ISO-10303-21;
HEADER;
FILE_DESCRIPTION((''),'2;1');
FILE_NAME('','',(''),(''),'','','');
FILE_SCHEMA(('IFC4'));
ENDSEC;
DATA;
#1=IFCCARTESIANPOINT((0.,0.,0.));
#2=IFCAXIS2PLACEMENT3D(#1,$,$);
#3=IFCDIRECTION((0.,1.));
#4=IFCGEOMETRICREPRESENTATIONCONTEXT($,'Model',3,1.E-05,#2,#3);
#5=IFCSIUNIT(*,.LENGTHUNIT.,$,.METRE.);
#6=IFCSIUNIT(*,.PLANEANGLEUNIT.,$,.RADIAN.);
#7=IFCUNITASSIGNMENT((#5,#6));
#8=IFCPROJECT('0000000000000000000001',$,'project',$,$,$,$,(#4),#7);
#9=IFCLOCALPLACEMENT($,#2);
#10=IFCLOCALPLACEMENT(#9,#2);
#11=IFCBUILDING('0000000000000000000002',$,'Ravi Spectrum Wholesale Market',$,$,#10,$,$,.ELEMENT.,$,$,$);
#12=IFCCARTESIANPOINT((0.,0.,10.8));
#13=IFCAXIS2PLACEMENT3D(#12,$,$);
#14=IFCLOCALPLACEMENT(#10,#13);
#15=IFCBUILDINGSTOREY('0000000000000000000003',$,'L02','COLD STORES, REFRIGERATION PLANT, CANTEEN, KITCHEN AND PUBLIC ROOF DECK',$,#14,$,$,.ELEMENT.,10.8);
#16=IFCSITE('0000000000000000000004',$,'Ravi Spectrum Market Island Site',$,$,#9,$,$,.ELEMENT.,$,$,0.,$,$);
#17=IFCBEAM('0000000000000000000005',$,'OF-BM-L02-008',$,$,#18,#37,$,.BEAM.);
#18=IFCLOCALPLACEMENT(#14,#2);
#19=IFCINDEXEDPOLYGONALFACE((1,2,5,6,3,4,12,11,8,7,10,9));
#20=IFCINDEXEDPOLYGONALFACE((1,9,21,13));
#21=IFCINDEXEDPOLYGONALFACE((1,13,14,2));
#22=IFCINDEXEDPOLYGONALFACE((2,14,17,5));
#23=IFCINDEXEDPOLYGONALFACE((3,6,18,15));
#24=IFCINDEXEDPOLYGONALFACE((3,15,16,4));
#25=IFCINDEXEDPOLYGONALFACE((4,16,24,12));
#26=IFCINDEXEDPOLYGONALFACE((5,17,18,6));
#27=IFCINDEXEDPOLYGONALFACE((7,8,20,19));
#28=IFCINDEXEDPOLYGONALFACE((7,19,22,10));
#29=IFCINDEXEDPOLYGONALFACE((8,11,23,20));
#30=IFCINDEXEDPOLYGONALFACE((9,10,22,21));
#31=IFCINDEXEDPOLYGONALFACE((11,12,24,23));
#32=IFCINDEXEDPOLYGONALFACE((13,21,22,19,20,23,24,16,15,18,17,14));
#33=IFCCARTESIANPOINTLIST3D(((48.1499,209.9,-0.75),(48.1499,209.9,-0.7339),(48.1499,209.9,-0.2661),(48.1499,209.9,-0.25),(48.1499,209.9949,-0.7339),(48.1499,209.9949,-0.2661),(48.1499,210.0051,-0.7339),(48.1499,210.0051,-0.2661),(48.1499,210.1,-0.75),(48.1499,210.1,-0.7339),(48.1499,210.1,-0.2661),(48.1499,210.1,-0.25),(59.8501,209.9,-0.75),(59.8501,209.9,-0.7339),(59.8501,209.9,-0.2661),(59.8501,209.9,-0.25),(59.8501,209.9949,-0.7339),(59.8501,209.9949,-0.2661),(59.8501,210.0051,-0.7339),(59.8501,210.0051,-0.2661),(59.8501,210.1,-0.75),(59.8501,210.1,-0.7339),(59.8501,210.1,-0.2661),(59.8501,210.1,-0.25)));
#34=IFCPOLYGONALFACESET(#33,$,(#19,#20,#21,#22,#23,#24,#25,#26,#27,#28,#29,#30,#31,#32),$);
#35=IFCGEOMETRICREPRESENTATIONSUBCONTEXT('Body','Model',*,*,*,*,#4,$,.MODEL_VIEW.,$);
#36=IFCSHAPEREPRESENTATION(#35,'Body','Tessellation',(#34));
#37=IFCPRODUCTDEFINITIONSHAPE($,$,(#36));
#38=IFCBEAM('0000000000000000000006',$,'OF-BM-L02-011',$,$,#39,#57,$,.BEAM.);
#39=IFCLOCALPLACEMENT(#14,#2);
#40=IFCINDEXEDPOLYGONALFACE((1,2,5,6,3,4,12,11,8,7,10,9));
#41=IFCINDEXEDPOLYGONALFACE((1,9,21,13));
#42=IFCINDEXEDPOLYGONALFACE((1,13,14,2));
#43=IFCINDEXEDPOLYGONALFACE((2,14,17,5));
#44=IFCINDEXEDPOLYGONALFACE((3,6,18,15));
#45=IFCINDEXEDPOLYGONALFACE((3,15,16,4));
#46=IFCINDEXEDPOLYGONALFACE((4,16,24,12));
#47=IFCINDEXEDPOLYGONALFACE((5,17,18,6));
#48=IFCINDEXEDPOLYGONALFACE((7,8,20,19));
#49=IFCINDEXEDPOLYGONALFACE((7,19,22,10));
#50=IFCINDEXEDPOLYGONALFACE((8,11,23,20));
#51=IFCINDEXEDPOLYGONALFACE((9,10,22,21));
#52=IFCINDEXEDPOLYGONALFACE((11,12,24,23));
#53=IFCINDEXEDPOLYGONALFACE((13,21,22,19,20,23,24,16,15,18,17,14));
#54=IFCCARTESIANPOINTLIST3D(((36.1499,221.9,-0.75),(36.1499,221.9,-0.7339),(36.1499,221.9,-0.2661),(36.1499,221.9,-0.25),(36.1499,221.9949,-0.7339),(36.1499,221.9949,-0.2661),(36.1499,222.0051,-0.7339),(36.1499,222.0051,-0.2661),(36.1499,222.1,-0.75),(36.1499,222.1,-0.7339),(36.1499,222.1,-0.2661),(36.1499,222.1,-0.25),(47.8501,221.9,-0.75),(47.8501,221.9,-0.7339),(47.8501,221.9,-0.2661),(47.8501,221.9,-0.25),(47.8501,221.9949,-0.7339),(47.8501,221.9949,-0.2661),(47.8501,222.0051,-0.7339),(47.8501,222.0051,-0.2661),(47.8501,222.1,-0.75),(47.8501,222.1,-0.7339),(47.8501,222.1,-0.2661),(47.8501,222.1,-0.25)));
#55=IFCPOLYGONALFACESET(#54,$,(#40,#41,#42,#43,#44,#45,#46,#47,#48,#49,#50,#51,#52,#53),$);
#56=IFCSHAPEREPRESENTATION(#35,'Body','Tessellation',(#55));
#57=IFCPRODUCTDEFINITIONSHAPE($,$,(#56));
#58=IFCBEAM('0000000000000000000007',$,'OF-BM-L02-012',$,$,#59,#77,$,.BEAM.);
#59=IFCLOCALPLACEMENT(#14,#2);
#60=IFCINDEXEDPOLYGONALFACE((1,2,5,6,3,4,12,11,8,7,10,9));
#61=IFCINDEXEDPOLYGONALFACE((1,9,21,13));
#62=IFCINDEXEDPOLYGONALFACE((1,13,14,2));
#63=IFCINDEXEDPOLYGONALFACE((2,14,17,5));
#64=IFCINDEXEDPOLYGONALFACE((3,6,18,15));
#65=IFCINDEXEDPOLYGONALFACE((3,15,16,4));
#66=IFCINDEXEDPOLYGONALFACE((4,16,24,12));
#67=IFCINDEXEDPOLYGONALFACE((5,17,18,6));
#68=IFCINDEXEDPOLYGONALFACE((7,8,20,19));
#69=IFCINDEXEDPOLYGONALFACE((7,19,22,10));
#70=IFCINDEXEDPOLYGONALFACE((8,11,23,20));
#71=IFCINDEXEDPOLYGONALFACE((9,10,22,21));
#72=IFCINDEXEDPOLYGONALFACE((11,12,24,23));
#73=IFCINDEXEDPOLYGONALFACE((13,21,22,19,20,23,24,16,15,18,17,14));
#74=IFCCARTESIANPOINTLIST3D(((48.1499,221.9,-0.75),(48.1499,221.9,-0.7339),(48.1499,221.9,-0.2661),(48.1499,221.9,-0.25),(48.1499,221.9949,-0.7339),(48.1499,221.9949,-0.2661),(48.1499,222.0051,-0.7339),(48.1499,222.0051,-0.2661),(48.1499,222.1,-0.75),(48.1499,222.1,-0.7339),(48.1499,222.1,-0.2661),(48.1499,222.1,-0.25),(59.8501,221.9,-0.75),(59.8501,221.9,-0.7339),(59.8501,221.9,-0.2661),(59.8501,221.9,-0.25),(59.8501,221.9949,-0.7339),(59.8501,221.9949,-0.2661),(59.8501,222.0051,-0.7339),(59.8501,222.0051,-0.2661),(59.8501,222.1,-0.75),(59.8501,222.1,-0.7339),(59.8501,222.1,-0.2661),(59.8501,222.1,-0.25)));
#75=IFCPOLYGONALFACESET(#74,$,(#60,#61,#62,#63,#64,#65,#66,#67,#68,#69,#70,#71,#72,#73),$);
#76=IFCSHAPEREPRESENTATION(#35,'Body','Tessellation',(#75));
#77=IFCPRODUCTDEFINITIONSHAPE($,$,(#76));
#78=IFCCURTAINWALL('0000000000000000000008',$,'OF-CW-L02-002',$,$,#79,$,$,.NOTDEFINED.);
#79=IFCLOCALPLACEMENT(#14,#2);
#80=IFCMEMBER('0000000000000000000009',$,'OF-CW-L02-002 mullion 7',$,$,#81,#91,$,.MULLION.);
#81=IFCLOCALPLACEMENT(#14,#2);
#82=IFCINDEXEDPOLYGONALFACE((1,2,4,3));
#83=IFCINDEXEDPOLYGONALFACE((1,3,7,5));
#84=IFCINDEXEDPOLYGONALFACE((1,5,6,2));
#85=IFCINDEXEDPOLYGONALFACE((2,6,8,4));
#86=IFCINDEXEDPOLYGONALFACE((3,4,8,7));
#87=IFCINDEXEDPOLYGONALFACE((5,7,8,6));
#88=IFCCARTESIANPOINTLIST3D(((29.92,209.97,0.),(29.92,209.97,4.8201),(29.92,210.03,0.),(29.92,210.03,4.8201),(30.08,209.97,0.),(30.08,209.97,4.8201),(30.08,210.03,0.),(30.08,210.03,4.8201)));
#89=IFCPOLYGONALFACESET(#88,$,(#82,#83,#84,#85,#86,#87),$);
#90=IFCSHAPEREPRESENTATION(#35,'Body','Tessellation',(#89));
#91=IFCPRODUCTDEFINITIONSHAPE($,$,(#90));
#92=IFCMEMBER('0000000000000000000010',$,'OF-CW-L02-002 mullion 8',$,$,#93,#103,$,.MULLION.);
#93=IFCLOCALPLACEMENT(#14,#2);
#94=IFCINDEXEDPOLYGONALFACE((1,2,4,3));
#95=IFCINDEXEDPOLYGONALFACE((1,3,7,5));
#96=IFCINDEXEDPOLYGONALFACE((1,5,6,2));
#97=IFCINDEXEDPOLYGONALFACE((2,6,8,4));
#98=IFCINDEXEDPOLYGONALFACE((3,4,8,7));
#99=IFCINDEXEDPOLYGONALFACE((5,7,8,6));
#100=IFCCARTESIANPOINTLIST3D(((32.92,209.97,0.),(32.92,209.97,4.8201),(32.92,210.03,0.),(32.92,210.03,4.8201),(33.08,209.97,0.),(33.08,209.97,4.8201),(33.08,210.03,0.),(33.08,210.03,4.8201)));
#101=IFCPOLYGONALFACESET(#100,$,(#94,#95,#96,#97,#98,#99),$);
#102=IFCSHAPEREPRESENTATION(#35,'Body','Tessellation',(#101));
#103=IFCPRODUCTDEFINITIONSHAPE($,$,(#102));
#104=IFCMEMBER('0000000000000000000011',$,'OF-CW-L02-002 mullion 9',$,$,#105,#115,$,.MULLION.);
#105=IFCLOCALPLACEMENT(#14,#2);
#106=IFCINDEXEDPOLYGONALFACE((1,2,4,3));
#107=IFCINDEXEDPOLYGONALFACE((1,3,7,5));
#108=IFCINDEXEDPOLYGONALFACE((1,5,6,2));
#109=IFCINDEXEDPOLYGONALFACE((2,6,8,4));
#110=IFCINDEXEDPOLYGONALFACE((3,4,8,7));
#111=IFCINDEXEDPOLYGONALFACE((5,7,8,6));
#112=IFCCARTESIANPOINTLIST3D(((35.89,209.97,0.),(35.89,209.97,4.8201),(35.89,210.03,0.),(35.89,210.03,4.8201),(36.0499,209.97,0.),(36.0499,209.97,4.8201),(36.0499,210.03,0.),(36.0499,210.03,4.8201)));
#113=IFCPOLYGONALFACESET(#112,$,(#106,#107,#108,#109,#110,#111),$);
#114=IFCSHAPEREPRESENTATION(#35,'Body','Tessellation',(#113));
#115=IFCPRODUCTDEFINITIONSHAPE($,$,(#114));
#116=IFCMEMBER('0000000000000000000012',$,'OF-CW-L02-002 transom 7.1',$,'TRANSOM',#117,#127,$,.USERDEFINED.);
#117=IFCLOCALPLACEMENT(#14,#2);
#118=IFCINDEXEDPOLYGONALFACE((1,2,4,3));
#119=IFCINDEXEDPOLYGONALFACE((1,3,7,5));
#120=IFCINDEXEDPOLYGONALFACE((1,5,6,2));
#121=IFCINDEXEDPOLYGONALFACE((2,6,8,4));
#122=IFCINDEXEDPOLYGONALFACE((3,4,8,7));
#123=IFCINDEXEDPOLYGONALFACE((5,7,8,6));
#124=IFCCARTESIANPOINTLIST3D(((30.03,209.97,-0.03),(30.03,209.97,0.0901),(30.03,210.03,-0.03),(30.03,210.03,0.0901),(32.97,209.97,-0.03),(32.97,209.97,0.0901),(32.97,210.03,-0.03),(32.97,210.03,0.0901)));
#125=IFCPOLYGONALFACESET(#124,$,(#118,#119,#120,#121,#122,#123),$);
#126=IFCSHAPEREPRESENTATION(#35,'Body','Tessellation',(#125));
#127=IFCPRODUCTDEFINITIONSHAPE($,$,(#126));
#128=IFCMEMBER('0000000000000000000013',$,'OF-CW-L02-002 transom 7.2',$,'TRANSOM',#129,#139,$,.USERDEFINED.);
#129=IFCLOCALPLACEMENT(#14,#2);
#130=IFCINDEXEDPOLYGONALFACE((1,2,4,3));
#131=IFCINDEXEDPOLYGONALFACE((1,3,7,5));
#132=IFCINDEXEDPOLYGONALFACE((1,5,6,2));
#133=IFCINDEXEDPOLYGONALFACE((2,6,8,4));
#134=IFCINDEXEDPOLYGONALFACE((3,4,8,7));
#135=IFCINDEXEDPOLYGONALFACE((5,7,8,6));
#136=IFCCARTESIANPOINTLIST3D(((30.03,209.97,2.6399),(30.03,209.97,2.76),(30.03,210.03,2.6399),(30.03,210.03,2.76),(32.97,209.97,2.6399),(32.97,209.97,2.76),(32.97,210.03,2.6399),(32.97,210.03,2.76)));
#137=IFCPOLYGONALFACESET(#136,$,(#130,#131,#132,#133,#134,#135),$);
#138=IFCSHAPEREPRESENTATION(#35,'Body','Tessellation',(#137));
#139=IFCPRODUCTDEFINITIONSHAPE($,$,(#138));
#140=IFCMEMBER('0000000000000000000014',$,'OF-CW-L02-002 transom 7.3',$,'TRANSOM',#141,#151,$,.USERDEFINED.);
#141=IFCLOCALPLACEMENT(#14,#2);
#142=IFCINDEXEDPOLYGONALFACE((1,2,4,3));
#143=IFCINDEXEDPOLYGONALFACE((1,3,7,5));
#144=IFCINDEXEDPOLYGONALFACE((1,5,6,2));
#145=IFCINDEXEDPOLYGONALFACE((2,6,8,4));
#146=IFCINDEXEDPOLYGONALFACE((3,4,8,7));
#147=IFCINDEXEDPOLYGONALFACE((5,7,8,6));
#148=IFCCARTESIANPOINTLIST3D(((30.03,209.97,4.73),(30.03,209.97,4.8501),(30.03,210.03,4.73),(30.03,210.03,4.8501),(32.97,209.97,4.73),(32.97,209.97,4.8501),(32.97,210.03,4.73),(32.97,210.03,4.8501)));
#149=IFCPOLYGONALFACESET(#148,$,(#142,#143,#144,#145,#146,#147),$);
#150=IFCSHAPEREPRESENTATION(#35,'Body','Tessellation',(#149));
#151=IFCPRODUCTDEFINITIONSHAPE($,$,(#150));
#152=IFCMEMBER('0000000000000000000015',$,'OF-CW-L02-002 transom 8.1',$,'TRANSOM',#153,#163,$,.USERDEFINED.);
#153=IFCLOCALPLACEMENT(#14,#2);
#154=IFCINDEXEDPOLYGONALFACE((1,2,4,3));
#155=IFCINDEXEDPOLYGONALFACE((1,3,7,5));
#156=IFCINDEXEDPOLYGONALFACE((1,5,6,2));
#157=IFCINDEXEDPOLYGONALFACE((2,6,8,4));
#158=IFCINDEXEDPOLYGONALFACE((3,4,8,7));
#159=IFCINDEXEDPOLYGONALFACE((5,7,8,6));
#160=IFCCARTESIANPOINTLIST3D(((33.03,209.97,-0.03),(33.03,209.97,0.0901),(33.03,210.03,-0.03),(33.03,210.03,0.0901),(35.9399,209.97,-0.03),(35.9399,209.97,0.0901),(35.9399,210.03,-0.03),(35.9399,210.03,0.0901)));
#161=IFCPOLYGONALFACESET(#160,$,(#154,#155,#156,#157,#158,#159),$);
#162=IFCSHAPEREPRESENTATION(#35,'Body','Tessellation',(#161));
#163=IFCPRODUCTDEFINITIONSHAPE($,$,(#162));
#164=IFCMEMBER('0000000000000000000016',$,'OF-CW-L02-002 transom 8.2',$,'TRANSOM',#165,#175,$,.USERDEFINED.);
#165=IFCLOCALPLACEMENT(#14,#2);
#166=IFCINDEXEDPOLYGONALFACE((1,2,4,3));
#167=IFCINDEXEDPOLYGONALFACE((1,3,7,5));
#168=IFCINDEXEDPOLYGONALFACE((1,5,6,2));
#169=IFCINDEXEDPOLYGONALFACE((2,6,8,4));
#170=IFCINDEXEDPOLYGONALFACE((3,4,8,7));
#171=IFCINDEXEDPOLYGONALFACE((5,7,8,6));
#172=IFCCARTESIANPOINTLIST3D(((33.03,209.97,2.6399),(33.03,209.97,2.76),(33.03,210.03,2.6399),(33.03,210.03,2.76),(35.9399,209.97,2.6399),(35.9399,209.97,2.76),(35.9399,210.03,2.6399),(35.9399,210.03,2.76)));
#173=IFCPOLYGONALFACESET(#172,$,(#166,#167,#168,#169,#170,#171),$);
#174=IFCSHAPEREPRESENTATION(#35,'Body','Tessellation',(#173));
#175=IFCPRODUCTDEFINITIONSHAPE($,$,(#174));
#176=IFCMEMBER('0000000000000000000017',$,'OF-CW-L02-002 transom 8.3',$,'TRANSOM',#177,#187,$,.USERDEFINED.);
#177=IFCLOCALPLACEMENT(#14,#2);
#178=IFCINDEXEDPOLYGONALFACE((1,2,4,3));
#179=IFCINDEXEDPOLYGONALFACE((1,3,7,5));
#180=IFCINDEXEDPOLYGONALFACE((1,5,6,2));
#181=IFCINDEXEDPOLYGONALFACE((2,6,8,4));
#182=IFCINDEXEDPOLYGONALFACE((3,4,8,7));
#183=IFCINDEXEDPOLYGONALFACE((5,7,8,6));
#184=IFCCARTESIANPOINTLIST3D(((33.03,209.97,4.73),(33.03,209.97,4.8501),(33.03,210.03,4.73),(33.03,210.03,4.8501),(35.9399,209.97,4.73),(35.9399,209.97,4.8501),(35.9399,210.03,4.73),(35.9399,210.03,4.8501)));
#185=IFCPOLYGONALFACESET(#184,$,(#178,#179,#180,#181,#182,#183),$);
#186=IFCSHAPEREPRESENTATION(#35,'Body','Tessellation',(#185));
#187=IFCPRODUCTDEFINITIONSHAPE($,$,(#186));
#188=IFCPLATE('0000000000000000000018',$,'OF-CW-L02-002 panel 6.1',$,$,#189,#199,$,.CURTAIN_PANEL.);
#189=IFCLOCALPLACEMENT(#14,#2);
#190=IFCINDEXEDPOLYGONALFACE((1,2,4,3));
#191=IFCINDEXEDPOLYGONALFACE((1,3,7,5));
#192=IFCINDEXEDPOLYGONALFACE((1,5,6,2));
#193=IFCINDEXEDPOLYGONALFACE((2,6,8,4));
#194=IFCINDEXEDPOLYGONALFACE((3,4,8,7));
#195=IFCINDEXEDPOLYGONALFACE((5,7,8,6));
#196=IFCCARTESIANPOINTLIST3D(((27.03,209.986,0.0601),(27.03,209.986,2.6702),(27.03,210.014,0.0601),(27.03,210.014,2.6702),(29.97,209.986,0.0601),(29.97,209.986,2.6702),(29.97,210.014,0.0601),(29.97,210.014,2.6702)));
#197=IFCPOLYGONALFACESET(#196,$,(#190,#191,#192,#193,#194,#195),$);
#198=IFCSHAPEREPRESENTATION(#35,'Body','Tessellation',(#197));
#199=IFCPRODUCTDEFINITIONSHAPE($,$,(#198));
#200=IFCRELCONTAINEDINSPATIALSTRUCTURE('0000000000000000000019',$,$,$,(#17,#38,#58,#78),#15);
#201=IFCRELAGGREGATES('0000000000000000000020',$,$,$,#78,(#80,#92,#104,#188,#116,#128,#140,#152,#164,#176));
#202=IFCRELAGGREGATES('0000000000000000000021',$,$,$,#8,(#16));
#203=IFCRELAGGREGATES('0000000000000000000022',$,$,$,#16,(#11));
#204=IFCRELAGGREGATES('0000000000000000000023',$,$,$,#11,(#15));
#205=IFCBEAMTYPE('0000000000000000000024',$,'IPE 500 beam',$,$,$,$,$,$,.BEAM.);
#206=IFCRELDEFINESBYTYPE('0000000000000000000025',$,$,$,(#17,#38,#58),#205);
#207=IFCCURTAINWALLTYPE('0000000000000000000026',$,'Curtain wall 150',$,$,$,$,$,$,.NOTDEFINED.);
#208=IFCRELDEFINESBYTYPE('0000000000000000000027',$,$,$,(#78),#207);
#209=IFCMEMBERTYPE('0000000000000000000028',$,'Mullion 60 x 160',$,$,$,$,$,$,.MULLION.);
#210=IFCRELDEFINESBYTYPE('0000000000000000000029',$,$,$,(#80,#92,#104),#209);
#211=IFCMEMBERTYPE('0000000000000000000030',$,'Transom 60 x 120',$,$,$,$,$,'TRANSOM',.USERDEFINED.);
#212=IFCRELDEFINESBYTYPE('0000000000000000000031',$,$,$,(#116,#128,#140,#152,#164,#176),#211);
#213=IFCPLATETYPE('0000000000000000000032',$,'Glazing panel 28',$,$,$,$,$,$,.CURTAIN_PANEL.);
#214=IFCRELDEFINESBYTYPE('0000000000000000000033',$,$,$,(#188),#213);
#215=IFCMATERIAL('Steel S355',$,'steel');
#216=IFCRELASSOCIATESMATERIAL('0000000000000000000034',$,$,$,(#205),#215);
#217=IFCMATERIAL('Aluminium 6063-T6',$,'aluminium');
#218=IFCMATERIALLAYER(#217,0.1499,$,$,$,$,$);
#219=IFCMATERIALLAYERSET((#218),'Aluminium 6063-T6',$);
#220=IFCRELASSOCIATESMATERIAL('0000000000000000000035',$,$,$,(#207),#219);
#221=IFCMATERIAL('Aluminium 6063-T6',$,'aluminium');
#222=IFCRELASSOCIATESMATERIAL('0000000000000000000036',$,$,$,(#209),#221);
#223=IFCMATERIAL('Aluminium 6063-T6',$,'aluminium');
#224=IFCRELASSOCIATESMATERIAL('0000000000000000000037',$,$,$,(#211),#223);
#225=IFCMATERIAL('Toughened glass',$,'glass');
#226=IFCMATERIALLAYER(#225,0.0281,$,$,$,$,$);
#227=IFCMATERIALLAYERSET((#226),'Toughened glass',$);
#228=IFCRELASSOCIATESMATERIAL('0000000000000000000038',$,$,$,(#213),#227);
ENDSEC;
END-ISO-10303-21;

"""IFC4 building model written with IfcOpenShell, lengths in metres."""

from ifc_helpers import new_model, si_unit, direction, frame, origin, origin_2d, place, context, subcontext, project, spatial, rectangle, i_section, extrude, material, layer, layer_set, material_profile, profile_set, type_object, element, aggregate, save


model = new_model("IFC4")

# Units and contexts
model_context = context("Model", 3, precision=1e-05, world=origin(), true_north=direction((0.0, 1.0)))
body_context = subcontext(model_context, "Body", "Model", "MODEL_VIEW")
ifc_project = project(units=[si_unit("LENGTHUNIT", "METRE"), si_unit("PLANEANGLEUNIT", "RADIAN")], contexts=[model_context])

# Site, building, storey
site_placement = place(None, origin())
site = spatial("IfcSite", under=ifc_project, at=site_placement, Name="Ravi Spectrum Market Island Site", CompositionType="ELEMENT", RefElevation=0.0)
building_placement = place(site_placement, origin())
building = spatial("IfcBuilding", under=site, at=building_placement, Name="Ravi Spectrum Wholesale Market", CompositionType="ELEMENT")
storey_placement = place(building_placement, frame((0.0, 0.0, 10.8)))
storey = spatial("IfcBuildingStorey", under=building, at=storey_placement, Name="L02", Description="COLD STORES, REFRIGERATION PLANT, CANTEEN, KITCHEN AND PUBLIC ROOF DECK", CompositionType="ELEMENT", Elevation=10.8)

# Beams
ifc_material_1 = material(Name="Steel S355", Category="steel")
ifc_material_profile_1 = material_profile(ifc_material_1, i_section(OverallWidth=0.2, OverallDepth=0.5, WebThickness=0.0103, FlangeThickness=0.0161, at=origin_2d()))
ifc_profile_set_1 = profile_set([ifc_material_profile_1], Name="Steel S355")
beam_type_1 = type_object("IfcBeamType", Name="IPE 500 beam", PredefinedType="BEAM", material=ifc_profile_set_1)
for number, where, z_axis, x_axis, name in (
    (1, (48.1499, 210.0, -0.5), (1.0, 0.0, 0.0), (0.0, 1.0, 0.0), "OF-BM-L02-008"),
    (2, (36.1499, 222.0, -0.5), (1.0, 0.0, 0.0), (0.0, 1.0, 0.0), "OF-BM-L02-011"),
    (3, (48.1499, 222.0, -0.5), (1.0, 0.0, 0.0), (0.0, 1.0, 0.0), "OF-BM-L02-012"),
):
    element("IfcBeam", number, at=place(storey_placement, frame(where, z_axis=z_axis, x_axis=x_axis)), inside=storey, type_object=beam_type_1, Name=name, PredefinedType="BEAM", context=body_context, shape_type="SweptSolid", body=[
        extrude(i_section(OverallWidth=0.2, OverallDepth=0.5, WebThickness=0.0103, FlangeThickness=0.0161, at=origin_2d()), origin(), (0.0, 0.0, 1.0), 11.7002),
    ])

# Curtain wall, members, plate
ifc_material_2 = material(Name="Aluminium 6063-T6", Category="aluminium")
ifc_layer_1 = layer(ifc_material_2, 0.1499)
ifc_layer_set_1 = layer_set([ifc_layer_1], Name="Aluminium 6063-T6")
curtain_wall_type = type_object("IfcCurtainWallType", Name="Curtain wall 150", PredefinedType="NOTDEFINED", material=ifc_layer_set_1)
curtain_wall_placement = place(storey_placement, origin())
curtain_wall = element("IfcCurtainWall", 4, at=curtain_wall_placement, inside=storey, type_object=curtain_wall_type, Name="OF-CW-L02-002", PredefinedType="NOTDEFINED")
ifc_material_3 = material(Name="Aluminium 6063-T6", Category="aluminium")
ifc_material_profile_2 = material_profile(ifc_material_3, rectangle(XDim=0.0601, YDim=0.1599, at=origin_2d()))
ifc_profile_set_2 = profile_set([ifc_material_profile_2], Name="Aluminium 6063-T6")
member_type_1 = type_object("IfcMemberType", Name="Mullion 60 x 160", PredefinedType="MULLION", material=ifc_profile_set_2)
member_1_placement = place(storey_placement, frame((30.0, 210.0, 0.0), z_axis=(0.0, 0.0, 1.0), x_axis=(0.0, 1.0, 0.0)))
member_1 = element("IfcMember", 5, at=member_1_placement, type_object=member_type_1, Name="OF-CW-L02-002 mullion 7", PredefinedType="MULLION", context=body_context, shape_type="SweptSolid", body=[
    extrude(rectangle(XDim=0.0601, YDim=0.1599, at=origin_2d()), origin(), (0.0, 0.0, 1.0), 4.8201),
])
member_2_placement = place(storey_placement, frame((33.0, 210.0, 0.0), z_axis=(0.0, 0.0, 1.0), x_axis=(0.0, 1.0, 0.0)))
member_2 = element("IfcMember", 6, at=member_2_placement, type_object=member_type_1, Name="OF-CW-L02-002 mullion 8", PredefinedType="MULLION", context=body_context, shape_type="SweptSolid", body=[
    extrude(rectangle(XDim=0.0601, YDim=0.1599, at=origin_2d()), origin(), (0.0, 0.0, 1.0), 4.8201),
])
member_3_placement = place(storey_placement, frame((35.97, 210.0, 0.0), z_axis=(0.0, 0.0, 1.0), x_axis=(0.0, 1.0, 0.0)))
member_3 = element("IfcMember", 7, at=member_3_placement, type_object=member_type_1, Name="OF-CW-L02-002 mullion 9", PredefinedType="MULLION", context=body_context, shape_type="SweptSolid", body=[
    extrude(rectangle(XDim=0.0601, YDim=0.1599, at=origin_2d()), origin(), (0.0, 0.0, 1.0), 4.8201),
])
ifc_material_4 = material(Name="Aluminium 6063-T6", Category="aluminium")
ifc_material_profile_3 = material_profile(ifc_material_4, rectangle(XDim=0.0601, YDim=0.1201, at=origin_2d()))
ifc_profile_set_3 = profile_set([ifc_material_profile_3], Name="Aluminium 6063-T6")
member_type_2 = type_object("IfcMemberType", Name="Transom 60 x 120", ElementType="TRANSOM", PredefinedType="USERDEFINED", material=ifc_profile_set_3)
member_4_placement = place(storey_placement, frame((30.03, 210.0, 0.03), z_axis=(1.0, 0.0, 0.0), x_axis=(0.0, 1.0, 0.0)))
member_4 = element("IfcMember", 8, at=member_4_placement, type_object=member_type_2, Name="OF-CW-L02-002 transom 7.1", ObjectType="TRANSOM", PredefinedType="USERDEFINED", context=body_context, shape_type="SweptSolid", body=[
    extrude(rectangle(XDim=0.0601, YDim=0.1201, at=origin_2d()), origin(), (0.0, 0.0, 1.0), 2.9399),
])
member_5_placement = place(storey_placement, frame((30.03, 210.0, 2.7), z_axis=(1.0, 0.0, 0.0), x_axis=(0.0, 1.0, 0.0)))
member_5 = element("IfcMember", 9, at=member_5_placement, type_object=member_type_2, Name="OF-CW-L02-002 transom 7.2", ObjectType="TRANSOM", PredefinedType="USERDEFINED", context=body_context, shape_type="SweptSolid", body=[
    extrude(rectangle(XDim=0.0601, YDim=0.1201, at=origin_2d()), origin(), (0.0, 0.0, 1.0), 2.9399),
])
member_6_placement = place(storey_placement, frame((30.03, 210.0, 4.79), z_axis=(1.0, 0.0, 0.0), x_axis=(0.0, 1.0, 0.0)))
member_6 = element("IfcMember", 10, at=member_6_placement, type_object=member_type_2, Name="OF-CW-L02-002 transom 7.3", ObjectType="TRANSOM", PredefinedType="USERDEFINED", context=body_context, shape_type="SweptSolid", body=[
    extrude(rectangle(XDim=0.0601, YDim=0.1201, at=origin_2d()), origin(), (0.0, 0.0, 1.0), 2.9399),
])
member_7_placement = place(storey_placement, frame((33.03, 210.0, 0.03), z_axis=(1.0, 0.0, 0.0), x_axis=(0.0, 1.0, 0.0)))
member_7 = element("IfcMember", 11, at=member_7_placement, type_object=member_type_2, Name="OF-CW-L02-002 transom 8.1", ObjectType="TRANSOM", PredefinedType="USERDEFINED", context=body_context, shape_type="SweptSolid", body=[
    extrude(rectangle(XDim=0.0601, YDim=0.1201, at=origin_2d()), origin(), (0.0, 0.0, 1.0), 2.9099),
])
member_8_placement = place(storey_placement, frame((33.03, 210.0, 2.7), z_axis=(1.0, 0.0, 0.0), x_axis=(0.0, 1.0, 0.0)))
member_8 = element("IfcMember", 12, at=member_8_placement, type_object=member_type_2, Name="OF-CW-L02-002 transom 8.2", ObjectType="TRANSOM", PredefinedType="USERDEFINED", context=body_context, shape_type="SweptSolid", body=[
    extrude(rectangle(XDim=0.0601, YDim=0.1201, at=origin_2d()), origin(), (0.0, 0.0, 1.0), 2.9099),
])
member_9_placement = place(storey_placement, frame((33.03, 210.0, 4.79), z_axis=(1.0, 0.0, 0.0), x_axis=(0.0, 1.0, 0.0)))
member_9 = element("IfcMember", 13, at=member_9_placement, type_object=member_type_2, Name="OF-CW-L02-002 transom 8.3", ObjectType="TRANSOM", PredefinedType="USERDEFINED", context=body_context, shape_type="SweptSolid", body=[
    extrude(rectangle(XDim=0.0601, YDim=0.1201, at=origin_2d()), origin(), (0.0, 0.0, 1.0), 2.9099),
])
ifc_material_5 = material(Name="Toughened glass", Category="glass")
ifc_layer_2 = layer(ifc_material_5, 0.0281)
ifc_layer_set_2 = layer_set([ifc_layer_2], Name="Toughened glass")
plate_type_1 = type_object("IfcPlateType", Name="Glazing panel 28", PredefinedType="CURTAIN_PANEL", material=ifc_layer_set_2)
plate_1_placement = place(storey_placement, frame((28.5, 210.0, 0.0601), z_axis=(0.0, 0.0, 1.0), x_axis=(1.0, 0.0, 0.0)))
plate_1 = element("IfcPlate", 14, at=plate_1_placement, type_object=plate_type_1, Name="OF-CW-L02-002 panel 6.1", PredefinedType="CURTAIN_PANEL", context=body_context, shape_type="SweptSolid", body=[
    extrude(rectangle(XDim=2.9399, YDim=0.0281, at=origin_2d()), origin(), (0.0, 0.0, 1.0), 2.6101),
])
aggregate(curtain_wall, [member_1, member_2, member_3, plate_1, member_4, member_5, member_6, member_7, member_8, member_9])

save(model, "model.ifc")
